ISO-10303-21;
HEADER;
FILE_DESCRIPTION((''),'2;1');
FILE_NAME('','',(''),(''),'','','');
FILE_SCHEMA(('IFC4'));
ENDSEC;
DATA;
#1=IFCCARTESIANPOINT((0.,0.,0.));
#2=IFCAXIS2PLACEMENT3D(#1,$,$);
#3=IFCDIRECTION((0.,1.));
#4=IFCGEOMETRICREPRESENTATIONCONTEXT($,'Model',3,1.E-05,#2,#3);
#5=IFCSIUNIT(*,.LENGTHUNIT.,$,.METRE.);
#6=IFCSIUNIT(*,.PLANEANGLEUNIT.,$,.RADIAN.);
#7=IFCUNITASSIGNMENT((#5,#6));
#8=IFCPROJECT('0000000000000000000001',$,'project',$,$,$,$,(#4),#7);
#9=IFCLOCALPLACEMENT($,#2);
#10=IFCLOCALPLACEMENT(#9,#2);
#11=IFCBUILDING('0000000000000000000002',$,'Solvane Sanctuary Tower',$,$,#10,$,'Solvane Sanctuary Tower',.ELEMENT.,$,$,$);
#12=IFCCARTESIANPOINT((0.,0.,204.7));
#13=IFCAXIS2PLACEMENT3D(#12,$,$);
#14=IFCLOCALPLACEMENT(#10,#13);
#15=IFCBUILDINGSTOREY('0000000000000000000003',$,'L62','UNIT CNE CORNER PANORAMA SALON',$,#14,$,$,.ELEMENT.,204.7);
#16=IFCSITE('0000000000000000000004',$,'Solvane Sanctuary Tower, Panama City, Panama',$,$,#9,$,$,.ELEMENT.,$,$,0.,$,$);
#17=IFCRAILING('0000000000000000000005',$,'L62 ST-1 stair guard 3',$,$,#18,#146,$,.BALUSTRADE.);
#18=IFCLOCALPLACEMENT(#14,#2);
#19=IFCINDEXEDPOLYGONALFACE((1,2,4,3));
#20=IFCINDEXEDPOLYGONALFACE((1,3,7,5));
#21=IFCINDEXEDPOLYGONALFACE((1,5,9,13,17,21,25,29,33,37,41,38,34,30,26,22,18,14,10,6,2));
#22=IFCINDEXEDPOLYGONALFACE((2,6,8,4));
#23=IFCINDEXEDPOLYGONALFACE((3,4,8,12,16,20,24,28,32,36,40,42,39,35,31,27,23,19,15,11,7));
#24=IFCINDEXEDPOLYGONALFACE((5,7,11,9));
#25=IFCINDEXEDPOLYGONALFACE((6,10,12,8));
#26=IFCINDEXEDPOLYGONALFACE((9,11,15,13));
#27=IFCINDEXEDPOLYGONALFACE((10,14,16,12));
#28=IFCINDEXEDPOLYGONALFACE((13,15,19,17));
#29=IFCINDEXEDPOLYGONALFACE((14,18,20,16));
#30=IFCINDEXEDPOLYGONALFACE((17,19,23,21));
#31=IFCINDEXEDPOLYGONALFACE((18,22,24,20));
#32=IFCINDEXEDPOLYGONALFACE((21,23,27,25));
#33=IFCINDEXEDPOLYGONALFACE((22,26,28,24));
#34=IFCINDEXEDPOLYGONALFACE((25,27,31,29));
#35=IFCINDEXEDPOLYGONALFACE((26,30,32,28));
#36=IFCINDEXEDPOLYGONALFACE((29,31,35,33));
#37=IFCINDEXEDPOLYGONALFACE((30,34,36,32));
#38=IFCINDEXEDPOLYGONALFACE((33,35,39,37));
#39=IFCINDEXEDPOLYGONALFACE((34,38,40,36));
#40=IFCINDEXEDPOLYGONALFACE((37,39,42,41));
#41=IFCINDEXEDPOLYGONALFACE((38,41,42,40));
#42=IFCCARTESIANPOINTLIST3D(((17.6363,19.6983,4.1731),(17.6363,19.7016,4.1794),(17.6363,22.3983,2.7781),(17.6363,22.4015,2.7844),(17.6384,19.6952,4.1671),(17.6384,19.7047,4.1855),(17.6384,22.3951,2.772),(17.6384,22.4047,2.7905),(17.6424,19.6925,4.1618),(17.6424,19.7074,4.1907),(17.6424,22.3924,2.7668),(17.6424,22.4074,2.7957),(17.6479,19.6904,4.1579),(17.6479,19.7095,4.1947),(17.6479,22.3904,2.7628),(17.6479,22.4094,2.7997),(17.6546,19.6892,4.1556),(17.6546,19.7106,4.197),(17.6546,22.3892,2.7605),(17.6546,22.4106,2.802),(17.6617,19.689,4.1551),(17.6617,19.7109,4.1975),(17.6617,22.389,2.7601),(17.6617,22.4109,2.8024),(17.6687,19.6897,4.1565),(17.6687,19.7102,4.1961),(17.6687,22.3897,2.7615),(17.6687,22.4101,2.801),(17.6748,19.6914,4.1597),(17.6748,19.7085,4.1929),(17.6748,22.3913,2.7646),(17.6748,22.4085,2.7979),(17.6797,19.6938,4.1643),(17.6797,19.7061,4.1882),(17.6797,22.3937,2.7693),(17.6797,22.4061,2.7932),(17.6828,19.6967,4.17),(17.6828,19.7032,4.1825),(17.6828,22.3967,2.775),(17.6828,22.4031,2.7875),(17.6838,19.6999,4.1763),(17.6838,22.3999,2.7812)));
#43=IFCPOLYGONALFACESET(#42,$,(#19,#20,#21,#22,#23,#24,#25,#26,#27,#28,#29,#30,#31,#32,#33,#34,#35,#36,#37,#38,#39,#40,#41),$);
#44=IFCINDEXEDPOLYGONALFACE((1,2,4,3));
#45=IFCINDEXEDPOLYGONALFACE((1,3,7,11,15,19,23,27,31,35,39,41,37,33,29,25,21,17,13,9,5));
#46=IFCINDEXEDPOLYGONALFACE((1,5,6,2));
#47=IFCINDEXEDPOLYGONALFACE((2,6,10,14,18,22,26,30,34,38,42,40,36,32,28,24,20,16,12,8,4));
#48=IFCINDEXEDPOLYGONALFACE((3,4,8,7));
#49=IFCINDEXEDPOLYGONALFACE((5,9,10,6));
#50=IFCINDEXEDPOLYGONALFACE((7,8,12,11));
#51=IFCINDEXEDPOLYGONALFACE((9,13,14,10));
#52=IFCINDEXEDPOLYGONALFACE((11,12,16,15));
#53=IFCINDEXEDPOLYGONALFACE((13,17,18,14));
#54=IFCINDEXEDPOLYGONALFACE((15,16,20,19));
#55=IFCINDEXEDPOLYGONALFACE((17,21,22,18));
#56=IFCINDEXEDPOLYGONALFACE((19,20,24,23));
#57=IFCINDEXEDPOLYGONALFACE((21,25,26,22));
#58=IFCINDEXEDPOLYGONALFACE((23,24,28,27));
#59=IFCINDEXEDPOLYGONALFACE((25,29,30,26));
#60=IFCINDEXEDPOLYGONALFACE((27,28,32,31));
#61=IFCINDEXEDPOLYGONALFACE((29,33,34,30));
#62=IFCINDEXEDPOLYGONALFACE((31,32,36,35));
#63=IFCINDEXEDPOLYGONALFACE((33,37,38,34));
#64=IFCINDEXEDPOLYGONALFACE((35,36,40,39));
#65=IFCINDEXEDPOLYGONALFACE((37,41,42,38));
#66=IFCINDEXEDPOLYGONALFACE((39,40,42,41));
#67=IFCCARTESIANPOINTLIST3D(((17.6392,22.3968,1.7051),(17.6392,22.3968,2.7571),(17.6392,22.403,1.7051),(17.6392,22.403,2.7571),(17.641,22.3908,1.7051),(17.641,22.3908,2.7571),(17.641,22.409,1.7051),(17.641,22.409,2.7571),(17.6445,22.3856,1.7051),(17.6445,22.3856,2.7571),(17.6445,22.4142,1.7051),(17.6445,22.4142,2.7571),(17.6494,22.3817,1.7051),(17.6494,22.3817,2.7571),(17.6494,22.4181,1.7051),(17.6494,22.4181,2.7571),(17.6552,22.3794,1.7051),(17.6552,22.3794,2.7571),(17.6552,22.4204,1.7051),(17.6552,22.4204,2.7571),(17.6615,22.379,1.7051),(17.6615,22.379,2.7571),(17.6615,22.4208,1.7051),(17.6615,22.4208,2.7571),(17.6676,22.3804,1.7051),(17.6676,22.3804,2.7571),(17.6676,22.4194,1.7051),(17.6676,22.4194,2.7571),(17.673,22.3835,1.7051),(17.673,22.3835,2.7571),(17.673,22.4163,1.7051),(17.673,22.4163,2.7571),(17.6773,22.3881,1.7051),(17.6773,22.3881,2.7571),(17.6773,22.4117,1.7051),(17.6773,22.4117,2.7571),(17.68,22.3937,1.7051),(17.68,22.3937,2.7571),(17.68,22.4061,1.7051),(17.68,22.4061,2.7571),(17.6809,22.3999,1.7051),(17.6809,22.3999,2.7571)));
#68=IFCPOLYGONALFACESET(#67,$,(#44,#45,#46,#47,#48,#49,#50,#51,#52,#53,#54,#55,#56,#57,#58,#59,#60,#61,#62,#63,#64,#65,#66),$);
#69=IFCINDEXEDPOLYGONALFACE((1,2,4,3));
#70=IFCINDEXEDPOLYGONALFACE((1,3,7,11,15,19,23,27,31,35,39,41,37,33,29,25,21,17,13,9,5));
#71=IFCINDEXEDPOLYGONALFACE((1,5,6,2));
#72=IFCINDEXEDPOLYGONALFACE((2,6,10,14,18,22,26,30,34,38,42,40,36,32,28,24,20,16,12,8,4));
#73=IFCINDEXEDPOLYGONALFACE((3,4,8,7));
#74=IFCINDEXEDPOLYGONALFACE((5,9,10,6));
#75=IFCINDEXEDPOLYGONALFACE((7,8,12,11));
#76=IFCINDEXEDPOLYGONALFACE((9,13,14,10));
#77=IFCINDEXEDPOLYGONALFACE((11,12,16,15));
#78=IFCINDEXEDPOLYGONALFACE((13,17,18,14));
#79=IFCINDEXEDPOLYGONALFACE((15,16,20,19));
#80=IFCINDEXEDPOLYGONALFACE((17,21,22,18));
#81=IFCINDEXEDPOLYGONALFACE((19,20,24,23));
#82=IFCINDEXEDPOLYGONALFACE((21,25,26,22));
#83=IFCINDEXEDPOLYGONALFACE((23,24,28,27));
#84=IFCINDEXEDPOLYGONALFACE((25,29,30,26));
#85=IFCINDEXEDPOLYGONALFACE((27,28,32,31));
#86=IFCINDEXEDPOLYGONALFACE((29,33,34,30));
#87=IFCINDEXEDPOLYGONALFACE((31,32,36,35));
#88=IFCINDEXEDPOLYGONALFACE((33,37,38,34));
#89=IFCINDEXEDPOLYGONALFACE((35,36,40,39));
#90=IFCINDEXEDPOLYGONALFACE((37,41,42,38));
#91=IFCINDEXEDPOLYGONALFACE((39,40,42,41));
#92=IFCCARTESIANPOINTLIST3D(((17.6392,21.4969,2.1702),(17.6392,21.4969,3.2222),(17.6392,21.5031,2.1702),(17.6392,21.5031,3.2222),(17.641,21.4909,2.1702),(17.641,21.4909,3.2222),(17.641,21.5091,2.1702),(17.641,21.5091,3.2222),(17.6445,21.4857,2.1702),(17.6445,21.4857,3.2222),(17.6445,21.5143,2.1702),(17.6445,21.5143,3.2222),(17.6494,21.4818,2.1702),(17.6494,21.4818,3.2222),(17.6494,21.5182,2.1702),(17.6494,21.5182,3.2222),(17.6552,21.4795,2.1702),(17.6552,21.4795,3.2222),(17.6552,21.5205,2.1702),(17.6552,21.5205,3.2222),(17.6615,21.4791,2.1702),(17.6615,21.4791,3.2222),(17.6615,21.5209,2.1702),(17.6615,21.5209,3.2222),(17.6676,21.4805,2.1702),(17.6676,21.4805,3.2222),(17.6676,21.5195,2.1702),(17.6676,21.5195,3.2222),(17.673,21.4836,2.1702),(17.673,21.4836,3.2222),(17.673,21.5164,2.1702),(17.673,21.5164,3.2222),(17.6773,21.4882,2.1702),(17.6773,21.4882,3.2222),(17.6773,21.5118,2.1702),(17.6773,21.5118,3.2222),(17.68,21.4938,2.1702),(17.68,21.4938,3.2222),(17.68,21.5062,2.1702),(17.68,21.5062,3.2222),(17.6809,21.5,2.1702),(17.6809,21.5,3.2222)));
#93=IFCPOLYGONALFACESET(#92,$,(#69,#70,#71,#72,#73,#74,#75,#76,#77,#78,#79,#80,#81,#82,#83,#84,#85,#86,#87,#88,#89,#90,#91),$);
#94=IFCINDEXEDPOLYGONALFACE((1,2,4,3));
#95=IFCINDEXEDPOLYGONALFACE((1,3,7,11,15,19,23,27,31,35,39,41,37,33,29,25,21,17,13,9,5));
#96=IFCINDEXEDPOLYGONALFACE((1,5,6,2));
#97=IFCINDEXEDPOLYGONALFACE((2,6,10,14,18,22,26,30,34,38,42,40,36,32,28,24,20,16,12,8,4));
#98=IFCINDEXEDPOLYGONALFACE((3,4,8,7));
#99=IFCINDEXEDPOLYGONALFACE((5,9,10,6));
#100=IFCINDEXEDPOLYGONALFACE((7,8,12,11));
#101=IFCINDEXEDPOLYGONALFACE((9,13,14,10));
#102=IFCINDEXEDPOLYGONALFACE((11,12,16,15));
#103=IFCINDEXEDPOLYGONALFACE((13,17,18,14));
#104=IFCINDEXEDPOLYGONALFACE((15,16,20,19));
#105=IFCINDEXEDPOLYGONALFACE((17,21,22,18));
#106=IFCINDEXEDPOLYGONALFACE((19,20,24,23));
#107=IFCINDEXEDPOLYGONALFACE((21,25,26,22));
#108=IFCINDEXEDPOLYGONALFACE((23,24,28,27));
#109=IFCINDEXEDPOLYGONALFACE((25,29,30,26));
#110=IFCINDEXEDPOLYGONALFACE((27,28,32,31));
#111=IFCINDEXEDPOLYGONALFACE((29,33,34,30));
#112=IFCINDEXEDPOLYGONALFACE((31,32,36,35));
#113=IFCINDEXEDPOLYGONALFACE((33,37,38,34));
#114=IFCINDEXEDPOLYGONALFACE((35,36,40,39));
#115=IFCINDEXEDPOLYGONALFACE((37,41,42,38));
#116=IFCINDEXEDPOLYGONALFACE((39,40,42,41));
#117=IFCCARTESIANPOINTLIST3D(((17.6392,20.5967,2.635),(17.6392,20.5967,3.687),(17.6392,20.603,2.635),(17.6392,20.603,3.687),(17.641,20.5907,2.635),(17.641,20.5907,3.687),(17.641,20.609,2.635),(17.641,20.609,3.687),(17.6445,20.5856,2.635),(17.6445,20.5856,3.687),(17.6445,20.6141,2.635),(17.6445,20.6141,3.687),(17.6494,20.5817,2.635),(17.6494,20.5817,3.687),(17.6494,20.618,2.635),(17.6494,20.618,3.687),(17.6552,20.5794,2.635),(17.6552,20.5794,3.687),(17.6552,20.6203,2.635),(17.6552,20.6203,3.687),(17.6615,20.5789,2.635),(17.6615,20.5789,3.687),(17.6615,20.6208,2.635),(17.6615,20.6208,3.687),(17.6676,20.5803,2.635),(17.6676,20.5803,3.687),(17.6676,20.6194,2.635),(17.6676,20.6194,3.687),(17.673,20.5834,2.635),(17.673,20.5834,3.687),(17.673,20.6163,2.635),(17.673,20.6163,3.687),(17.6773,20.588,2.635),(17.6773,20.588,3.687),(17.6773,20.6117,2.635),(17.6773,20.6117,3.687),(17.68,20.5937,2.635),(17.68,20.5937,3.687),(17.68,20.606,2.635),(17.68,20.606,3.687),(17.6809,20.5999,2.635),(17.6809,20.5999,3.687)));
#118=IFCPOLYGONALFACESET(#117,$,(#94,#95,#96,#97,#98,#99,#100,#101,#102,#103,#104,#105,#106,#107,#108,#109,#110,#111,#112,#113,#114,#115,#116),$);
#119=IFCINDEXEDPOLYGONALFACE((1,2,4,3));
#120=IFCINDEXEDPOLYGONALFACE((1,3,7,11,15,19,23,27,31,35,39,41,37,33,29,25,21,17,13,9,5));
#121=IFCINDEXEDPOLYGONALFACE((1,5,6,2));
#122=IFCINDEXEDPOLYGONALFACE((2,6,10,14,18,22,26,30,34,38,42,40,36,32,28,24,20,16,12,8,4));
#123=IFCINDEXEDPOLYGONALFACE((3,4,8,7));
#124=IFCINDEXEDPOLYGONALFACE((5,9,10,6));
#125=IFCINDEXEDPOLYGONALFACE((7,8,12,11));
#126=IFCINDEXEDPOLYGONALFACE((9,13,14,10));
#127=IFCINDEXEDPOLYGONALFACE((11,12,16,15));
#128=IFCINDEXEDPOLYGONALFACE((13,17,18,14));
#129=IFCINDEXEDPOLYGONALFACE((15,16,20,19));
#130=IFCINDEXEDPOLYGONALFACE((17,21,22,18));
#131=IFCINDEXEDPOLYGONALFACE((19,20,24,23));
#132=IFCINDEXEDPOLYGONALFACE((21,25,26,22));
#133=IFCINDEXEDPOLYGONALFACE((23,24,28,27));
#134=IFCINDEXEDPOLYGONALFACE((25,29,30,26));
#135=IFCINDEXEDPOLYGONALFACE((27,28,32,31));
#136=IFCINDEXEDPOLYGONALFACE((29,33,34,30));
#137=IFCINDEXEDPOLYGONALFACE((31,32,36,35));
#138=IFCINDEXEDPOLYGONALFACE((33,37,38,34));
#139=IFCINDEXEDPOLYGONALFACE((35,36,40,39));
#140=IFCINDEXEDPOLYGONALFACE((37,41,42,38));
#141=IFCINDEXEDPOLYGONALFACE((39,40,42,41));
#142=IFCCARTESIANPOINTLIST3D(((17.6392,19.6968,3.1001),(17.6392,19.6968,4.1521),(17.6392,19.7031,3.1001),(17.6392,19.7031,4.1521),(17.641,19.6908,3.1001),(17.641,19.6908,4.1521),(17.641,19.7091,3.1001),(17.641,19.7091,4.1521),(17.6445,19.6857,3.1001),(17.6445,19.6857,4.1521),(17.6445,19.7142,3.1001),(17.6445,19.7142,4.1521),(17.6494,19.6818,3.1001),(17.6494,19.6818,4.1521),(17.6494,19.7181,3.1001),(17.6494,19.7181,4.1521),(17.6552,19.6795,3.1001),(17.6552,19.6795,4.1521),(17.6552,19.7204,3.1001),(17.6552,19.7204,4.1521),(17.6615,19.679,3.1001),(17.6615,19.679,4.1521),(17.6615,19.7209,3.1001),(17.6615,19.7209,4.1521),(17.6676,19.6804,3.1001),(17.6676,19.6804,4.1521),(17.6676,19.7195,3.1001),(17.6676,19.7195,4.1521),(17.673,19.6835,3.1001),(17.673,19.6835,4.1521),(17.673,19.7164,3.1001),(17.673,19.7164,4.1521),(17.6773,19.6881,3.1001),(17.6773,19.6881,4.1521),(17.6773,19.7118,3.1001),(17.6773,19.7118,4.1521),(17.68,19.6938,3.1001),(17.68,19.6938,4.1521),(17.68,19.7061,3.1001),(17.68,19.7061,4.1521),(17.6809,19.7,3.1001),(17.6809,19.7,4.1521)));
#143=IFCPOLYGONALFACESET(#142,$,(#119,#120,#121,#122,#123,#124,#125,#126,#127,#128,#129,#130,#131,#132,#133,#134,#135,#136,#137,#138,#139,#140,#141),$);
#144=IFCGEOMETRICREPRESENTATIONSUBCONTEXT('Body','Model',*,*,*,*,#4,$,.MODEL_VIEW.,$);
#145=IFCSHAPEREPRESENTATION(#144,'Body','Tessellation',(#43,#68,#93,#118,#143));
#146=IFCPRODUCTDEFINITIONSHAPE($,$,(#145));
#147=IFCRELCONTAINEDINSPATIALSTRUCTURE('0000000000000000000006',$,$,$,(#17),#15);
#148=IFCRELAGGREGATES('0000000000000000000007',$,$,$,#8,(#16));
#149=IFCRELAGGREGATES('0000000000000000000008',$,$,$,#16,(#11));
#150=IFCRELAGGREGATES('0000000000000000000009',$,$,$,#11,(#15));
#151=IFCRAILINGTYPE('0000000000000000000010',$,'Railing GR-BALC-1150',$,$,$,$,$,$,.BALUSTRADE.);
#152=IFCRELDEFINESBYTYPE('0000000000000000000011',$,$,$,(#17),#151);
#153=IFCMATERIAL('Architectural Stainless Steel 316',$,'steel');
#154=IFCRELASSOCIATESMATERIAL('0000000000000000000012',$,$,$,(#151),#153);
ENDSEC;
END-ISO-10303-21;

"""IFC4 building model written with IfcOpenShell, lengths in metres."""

from ifc_helpers import new_model, si_unit, direction, frame, origin, origin_2d, place, context, subcontext, project, spatial, circle, extrude, material, type_object, element, save


model = new_model("IFC4")

# Units and contexts
model_context = context("Model", 3, precision=1e-05, world=origin(), true_north=direction((0.0, 1.0)))
body_context = subcontext(model_context, "Body", "Model", "MODEL_VIEW")
ifc_project = project(units=[si_unit("LENGTHUNIT", "METRE"), si_unit("PLANEANGLEUNIT", "RADIAN")], contexts=[model_context])

# Site, building, storey
site_placement = place(None, origin())
site = spatial("IfcSite", under=ifc_project, at=site_placement, Name="Solvane Sanctuary Tower, Panama City, Panama", CompositionType="ELEMENT", RefElevation=0.0)
building_placement = place(site_placement, origin())
building = spatial("IfcBuilding", under=site, at=building_placement, Name="Solvane Sanctuary Tower", LongName="Solvane Sanctuary Tower", CompositionType="ELEMENT")
storey_placement = place(building_placement, frame((0.0, 0.0, 204.7)))
storey = spatial("IfcBuildingStorey", under=building, at=storey_placement, Name="L62", Description="UNIT CNE CORNER PANORAMA SALON", CompositionType="ELEMENT", Elevation=204.7)

# Railing
ifc_material_1 = material(Name="Architectural Stainless Steel 316", Category="steel")
railing_type_1 = type_object("IfcRailingType", Name="Railing GR-BALC-1150", PredefinedType="BALUSTRADE", material=ifc_material_1)
railing_1_placement = place(storey_placement, frame((17.6599, 22.3999, 1.7051)))
element("IfcRailing", 1, at=railing_1_placement, inside=storey, type_object=railing_type_1, Name="L62 ST-1 stair guard 3", PredefinedType="BALUSTRADE", context=body_context, shape_type="SweptSolid", body=[
    extrude(circle(Radius=0.0239, at=origin_2d()), frame((0.0, 0.0, 1.0762), z_axis=(0.0, -0.88842, 0.459032), x_axis=(1.0, 0.0, 0.0)), (0.0, 0.0, 1.0), 3.0391),
    extrude(circle(Radius=0.021, at=origin_2d()), origin(), (0.0, 0.0, 1.0), 1.052),
    extrude(circle(Radius=0.021, at=origin_2d()), frame((0.0, -0.8999, 0.4651)), (0.0, 0.0, 1.0), 1.052),
    extrude(circle(Radius=0.021, at=origin_2d()), frame((0.0, -1.8, 0.9299)), (0.0, 0.0, 1.0), 1.052),
    extrude(circle(Radius=0.021, at=origin_2d()), frame((0.0, -2.7, 1.395)), (0.0, 0.0, 1.0), 1.052),
])

save(model, "model.ifc")
